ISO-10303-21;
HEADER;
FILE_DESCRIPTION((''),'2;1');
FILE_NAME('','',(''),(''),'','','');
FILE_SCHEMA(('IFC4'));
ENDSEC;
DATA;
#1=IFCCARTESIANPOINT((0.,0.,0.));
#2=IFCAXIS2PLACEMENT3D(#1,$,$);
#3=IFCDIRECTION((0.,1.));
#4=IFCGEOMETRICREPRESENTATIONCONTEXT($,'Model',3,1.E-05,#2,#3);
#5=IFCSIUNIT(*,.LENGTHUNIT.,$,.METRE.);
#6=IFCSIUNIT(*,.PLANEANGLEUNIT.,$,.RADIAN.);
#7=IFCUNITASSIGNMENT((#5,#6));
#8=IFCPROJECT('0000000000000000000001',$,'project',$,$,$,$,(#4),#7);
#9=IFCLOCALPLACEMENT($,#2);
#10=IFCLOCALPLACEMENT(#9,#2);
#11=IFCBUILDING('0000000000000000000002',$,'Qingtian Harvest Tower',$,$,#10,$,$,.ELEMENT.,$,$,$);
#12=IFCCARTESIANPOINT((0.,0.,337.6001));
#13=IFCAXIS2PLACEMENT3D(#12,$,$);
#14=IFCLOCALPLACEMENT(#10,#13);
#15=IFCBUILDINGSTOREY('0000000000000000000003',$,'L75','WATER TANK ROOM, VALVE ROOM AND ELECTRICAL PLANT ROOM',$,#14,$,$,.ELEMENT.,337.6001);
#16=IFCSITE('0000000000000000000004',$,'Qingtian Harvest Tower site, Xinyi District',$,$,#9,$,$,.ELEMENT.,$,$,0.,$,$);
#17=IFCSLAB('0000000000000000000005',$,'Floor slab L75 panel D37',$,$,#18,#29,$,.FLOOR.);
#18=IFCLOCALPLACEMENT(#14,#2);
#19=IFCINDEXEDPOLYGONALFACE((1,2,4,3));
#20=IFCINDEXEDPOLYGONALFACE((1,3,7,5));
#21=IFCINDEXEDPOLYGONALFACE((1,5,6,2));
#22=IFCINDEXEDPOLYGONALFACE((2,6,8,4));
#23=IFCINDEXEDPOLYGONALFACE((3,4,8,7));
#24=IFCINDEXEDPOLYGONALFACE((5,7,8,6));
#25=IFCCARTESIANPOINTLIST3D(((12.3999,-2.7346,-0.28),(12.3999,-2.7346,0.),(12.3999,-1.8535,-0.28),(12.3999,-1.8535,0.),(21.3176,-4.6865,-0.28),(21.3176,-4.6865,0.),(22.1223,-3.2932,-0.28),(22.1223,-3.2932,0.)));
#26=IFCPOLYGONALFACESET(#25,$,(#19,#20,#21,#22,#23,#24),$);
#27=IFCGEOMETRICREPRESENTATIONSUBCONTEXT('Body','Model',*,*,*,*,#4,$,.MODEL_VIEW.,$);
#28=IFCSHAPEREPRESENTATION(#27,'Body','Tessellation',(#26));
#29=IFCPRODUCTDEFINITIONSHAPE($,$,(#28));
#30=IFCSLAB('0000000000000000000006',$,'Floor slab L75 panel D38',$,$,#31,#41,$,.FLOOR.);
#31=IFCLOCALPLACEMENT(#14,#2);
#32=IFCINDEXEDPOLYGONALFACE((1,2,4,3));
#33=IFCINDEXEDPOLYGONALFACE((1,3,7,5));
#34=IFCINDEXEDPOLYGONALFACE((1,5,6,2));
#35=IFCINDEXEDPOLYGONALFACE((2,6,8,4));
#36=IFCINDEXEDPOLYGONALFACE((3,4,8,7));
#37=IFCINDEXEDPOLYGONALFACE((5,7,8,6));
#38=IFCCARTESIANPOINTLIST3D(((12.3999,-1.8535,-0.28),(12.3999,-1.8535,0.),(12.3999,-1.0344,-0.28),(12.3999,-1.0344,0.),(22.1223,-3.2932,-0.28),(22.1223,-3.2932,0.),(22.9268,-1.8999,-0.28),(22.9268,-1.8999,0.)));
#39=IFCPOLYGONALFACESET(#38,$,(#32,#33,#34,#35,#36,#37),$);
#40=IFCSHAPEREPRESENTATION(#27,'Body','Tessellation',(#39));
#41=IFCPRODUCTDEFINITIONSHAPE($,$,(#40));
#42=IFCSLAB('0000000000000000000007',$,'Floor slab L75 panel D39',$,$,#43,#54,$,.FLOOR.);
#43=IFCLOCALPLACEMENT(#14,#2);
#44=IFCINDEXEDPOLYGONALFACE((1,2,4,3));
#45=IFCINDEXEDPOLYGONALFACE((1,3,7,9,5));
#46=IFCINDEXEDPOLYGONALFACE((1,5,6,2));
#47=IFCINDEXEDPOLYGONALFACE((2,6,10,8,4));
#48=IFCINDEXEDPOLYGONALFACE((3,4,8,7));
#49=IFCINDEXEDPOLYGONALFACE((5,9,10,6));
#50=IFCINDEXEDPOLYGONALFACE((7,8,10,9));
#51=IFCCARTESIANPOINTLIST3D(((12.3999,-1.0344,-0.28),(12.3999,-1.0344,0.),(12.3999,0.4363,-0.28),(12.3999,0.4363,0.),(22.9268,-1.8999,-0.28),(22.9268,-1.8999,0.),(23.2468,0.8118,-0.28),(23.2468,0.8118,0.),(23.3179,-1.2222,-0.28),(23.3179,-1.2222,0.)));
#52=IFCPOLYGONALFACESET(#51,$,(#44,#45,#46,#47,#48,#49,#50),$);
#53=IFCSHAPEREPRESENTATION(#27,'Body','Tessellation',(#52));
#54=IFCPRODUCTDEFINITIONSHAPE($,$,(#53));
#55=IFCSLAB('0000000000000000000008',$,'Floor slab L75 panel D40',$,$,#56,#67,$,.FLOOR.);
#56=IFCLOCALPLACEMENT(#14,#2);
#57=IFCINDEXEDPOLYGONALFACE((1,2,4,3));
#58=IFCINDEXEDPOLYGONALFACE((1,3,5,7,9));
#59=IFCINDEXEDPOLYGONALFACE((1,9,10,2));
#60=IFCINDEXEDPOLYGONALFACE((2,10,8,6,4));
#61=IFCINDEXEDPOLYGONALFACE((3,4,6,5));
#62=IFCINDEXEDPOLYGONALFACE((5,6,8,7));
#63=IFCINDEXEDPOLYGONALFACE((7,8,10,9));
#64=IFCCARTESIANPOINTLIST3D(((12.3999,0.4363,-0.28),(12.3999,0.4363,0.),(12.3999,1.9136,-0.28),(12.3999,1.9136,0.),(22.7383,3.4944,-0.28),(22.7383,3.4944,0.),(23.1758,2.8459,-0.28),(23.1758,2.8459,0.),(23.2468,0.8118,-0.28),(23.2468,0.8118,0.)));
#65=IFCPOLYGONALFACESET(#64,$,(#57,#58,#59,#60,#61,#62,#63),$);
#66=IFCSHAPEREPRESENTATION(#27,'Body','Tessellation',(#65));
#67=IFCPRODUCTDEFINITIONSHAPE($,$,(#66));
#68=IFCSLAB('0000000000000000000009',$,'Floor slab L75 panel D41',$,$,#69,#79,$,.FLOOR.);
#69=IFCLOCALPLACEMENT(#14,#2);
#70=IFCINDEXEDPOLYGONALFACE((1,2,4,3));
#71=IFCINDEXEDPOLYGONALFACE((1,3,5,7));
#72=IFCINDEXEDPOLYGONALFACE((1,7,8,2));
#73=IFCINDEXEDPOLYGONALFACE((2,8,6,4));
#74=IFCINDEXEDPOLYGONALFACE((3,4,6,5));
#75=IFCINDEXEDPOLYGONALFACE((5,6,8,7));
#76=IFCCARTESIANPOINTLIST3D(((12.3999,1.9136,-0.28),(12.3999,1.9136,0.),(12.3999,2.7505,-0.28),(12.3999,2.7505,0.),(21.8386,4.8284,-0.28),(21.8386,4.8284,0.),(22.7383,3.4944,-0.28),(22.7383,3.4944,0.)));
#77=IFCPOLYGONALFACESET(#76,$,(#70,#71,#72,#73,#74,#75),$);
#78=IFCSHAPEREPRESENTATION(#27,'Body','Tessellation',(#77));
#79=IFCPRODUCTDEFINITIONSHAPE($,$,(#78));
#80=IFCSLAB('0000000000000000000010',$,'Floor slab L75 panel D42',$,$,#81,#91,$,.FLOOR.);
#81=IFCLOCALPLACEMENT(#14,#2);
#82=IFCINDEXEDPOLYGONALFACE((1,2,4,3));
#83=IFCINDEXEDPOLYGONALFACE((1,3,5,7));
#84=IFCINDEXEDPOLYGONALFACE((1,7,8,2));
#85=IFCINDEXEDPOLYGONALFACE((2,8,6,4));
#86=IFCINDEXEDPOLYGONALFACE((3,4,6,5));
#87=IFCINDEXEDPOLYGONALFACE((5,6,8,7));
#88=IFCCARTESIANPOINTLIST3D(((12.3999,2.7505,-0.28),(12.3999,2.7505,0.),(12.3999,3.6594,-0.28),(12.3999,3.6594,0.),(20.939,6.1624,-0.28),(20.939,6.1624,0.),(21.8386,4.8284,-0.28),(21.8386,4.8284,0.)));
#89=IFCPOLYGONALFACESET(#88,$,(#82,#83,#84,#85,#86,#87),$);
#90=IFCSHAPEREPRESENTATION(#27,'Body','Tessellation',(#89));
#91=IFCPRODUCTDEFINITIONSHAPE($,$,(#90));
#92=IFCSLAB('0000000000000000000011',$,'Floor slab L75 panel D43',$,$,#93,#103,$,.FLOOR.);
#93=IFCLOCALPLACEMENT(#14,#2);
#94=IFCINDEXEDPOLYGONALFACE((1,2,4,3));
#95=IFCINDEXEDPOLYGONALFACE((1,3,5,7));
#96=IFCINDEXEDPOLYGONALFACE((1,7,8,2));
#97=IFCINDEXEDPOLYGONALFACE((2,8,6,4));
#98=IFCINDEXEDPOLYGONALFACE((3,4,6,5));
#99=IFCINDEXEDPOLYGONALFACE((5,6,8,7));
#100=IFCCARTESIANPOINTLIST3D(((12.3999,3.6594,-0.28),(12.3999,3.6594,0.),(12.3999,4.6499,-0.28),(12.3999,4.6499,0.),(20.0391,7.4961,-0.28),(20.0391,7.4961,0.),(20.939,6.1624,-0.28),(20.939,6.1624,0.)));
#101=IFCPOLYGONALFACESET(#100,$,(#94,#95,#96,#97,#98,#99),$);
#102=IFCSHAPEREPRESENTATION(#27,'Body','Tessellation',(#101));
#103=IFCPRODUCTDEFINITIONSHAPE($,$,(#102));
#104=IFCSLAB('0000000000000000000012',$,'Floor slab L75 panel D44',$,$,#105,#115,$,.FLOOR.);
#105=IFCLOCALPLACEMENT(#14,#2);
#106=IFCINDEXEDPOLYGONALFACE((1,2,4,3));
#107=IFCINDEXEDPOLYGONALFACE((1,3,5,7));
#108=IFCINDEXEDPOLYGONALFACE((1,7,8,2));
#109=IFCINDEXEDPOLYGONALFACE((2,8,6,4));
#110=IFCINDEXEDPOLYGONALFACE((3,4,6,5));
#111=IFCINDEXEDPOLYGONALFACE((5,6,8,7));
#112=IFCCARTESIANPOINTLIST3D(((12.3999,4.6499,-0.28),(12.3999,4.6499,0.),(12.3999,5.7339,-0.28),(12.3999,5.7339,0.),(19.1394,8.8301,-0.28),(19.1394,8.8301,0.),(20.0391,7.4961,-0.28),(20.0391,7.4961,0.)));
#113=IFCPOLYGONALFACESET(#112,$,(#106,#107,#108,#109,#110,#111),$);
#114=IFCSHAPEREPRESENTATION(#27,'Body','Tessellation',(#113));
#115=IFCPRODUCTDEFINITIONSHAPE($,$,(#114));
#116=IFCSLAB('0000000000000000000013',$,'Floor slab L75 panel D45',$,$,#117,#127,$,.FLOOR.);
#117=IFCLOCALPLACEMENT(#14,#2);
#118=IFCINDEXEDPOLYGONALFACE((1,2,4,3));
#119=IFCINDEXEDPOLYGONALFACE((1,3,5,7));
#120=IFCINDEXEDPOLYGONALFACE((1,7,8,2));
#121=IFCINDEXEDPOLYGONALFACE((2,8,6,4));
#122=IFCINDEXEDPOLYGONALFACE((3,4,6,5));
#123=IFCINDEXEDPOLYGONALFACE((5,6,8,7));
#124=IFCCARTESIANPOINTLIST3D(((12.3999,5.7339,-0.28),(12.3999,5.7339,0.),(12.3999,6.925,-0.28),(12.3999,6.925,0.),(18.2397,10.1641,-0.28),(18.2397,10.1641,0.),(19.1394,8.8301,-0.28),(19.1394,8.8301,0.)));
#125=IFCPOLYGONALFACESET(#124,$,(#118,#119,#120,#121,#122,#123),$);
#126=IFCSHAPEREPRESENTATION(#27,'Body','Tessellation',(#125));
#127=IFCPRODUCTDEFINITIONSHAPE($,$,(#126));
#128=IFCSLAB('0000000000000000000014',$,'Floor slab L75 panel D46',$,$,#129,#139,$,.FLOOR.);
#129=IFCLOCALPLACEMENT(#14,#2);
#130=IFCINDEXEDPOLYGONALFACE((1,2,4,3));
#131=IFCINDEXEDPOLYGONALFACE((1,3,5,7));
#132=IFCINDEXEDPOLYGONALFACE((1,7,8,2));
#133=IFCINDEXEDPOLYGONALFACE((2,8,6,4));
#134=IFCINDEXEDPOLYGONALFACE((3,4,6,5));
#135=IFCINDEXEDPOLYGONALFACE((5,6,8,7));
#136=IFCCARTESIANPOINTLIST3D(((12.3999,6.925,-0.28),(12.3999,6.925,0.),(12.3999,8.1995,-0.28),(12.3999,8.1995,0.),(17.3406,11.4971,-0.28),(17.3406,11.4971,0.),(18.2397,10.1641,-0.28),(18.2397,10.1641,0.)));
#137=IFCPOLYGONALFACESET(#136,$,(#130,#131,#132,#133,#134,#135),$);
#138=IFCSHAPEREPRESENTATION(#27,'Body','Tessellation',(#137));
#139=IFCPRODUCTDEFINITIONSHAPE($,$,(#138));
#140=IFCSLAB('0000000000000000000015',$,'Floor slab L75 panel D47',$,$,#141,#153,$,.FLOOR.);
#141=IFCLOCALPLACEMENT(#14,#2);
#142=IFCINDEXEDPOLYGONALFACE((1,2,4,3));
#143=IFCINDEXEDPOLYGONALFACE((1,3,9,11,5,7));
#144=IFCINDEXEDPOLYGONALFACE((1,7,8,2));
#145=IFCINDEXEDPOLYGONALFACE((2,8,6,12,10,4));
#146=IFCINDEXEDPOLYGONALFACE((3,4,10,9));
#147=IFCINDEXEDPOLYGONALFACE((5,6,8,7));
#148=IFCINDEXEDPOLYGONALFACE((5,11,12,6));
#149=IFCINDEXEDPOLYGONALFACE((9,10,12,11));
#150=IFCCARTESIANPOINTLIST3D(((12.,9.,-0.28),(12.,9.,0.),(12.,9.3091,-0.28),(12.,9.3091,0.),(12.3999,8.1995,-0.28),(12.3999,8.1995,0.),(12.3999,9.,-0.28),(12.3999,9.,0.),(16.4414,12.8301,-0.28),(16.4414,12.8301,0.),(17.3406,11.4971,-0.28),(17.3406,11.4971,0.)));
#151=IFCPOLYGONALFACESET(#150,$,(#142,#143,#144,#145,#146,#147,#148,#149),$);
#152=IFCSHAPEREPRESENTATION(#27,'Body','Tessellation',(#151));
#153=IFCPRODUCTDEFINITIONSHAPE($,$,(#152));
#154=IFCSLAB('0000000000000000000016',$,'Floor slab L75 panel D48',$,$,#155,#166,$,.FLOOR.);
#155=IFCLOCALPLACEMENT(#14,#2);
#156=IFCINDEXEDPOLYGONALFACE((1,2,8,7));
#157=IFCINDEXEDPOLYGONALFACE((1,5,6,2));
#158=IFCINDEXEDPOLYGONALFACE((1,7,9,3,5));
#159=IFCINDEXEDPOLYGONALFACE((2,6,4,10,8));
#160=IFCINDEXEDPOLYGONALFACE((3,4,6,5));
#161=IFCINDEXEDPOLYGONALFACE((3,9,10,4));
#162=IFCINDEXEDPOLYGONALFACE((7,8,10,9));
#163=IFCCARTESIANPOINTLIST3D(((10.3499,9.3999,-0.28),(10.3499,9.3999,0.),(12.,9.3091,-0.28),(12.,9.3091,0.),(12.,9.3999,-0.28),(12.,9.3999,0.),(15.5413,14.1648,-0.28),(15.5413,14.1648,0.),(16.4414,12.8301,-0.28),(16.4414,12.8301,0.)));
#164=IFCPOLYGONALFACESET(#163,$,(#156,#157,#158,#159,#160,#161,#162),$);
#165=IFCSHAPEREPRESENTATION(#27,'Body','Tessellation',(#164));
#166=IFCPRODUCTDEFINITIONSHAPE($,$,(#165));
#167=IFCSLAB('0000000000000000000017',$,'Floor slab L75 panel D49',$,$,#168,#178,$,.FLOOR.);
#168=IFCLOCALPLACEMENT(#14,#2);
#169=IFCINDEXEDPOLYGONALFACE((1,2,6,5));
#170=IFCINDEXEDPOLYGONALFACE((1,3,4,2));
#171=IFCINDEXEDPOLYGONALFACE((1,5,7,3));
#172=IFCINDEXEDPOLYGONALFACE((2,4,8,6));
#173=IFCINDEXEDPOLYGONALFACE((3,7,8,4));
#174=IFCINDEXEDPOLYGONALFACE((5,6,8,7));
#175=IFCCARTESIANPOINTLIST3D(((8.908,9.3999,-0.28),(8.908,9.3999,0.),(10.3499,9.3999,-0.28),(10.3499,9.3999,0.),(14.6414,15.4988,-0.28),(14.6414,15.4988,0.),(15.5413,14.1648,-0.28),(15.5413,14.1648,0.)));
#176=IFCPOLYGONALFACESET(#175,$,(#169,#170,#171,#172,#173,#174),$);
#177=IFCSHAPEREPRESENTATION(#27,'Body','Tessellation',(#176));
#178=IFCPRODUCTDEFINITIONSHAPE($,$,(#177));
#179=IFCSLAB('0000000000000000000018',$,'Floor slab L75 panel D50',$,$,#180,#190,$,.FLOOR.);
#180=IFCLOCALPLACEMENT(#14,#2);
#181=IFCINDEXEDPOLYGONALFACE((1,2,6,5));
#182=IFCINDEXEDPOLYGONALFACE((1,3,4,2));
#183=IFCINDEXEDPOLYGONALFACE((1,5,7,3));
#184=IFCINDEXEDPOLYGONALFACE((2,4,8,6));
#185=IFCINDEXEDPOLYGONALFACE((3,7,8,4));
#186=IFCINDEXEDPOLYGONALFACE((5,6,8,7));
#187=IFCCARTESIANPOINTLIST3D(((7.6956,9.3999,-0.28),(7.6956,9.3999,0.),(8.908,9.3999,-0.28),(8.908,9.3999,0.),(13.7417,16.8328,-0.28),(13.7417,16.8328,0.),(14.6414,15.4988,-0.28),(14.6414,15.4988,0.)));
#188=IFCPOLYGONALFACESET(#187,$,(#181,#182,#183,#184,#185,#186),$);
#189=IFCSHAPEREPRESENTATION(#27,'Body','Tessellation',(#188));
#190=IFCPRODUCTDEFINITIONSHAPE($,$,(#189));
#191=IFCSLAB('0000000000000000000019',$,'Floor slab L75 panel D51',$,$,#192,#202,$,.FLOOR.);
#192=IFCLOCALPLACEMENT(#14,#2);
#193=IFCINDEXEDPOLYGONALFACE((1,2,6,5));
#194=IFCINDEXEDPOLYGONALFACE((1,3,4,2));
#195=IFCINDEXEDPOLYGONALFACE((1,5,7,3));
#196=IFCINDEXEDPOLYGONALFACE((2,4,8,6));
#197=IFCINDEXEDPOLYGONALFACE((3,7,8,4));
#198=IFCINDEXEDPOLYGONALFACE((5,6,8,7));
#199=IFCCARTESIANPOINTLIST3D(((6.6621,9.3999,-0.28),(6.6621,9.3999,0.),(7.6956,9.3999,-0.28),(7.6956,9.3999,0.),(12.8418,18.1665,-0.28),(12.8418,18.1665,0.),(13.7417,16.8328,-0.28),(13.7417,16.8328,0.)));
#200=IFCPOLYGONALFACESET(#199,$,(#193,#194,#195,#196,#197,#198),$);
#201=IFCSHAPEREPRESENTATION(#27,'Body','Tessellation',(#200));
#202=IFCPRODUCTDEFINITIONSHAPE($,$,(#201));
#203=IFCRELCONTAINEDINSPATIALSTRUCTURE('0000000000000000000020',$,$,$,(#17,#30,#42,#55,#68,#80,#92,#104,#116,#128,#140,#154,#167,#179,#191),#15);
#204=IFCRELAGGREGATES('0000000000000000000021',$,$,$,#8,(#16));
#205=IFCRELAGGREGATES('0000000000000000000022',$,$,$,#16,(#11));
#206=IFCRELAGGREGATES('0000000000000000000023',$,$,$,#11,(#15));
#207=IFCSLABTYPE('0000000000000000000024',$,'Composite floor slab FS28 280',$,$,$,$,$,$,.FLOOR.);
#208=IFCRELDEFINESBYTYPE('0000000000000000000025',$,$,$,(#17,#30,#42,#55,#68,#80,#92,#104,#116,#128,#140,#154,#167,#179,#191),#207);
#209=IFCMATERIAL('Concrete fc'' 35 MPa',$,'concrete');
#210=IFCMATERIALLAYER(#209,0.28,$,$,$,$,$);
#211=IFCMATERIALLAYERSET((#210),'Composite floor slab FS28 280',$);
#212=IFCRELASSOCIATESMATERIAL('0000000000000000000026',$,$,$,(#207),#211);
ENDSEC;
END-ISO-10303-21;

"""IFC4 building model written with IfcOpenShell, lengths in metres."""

from ifc_helpers import new_model, si_unit, direction, frame, origin, place, context, subcontext, project, spatial, polyline, outline, extrude, material, layer, layer_set, type_object, element, save


model = new_model("IFC4")

# Units and contexts
model_context = context("Model", 3, precision=1e-05, world=origin(), true_north=direction((0.0, 1.0)))
body_context = subcontext(model_context, "Body", "Model", "MODEL_VIEW")
ifc_project = project(units=[si_unit("LENGTHUNIT", "METRE"), si_unit("PLANEANGLEUNIT", "RADIAN")], contexts=[model_context])

# Site, building, storey
site_placement = place(None, origin())
site = spatial("IfcSite", under=ifc_project, at=site_placement, Name="Qingtian Harvest Tower site, Xinyi District", CompositionType="ELEMENT", RefElevation=0.0)
building_placement = place(site_placement, origin())
building = spatial("IfcBuilding", under=site, at=building_placement, Name="Qingtian Harvest Tower", CompositionType="ELEMENT")
storey_placement = place(building_placement, frame((0.0, 0.0, 337.6001)))
storey = spatial("IfcBuildingStorey", under=building, at=storey_placement, Name="L75", Description="WATER TANK ROOM, VALVE ROOM AND ELECTRICAL PLANT ROOM", CompositionType="ELEMENT", Elevation=337.6001)

# Slabs
ifc_material_1 = material(Name="Concrete fc' 35 MPa", Category="concrete")
ifc_layer_1 = layer(ifc_material_1, 0.28)
ifc_layer_set_1 = layer_set([ifc_layer_1], Name="Composite floor slab FS28 280")
slab_type = type_object("IfcSlabType", Name="Composite floor slab FS28 280", PredefinedType="FLOOR", material=ifc_layer_set_1)
slab_1_placement = place(storey_placement, frame((0.0, 0.0, -0.28)))
element("IfcSlab", 1, at=slab_1_placement, inside=storey, type_object=slab_type, Name="Floor slab L75 panel D37", PredefinedType="FLOOR", context=body_context, shape_type="SweptSolid", body=[
    extrude(outline(polyline([(12.3999, -1.8535), (22.1223, -3.2932), (21.3176, -4.6865), (12.3999, -2.7346), (12.3999, -1.8535)])), origin(), (0.0, 0.0, 1.0), 0.28),
])
slab_2_placement = place(storey_placement, frame((0.0, 0.0, -0.28)))
element("IfcSlab", 2, at=slab_2_placement, inside=storey, type_object=slab_type, Name="Floor slab L75 panel D38", PredefinedType="FLOOR", context=body_context, shape_type="SweptSolid", body=[
    extrude(outline(polyline([(12.3999, -1.0344), (22.9268, -1.8999), (22.1223, -3.2932), (12.3999, -1.8535), (12.3999, -1.0344)])), origin(), (0.0, 0.0, 1.0), 0.28),
])
slab_3_placement = place(storey_placement, frame((0.0, 0.0, -0.28)))
element("IfcSlab", 3, at=slab_3_placement, inside=storey, type_object=slab_type, Name="Floor slab L75 panel D39", PredefinedType="FLOOR", context=body_context, shape_type="SweptSolid", body=[
    extrude(outline(polyline([(12.3999, -1.0344), (12.3999, 0.4363), (23.2468, 0.8118), (23.3179, -1.2222), (22.9268, -1.8999), (12.3999, -1.0344)])), origin(), (0.0, 0.0, 1.0), 0.28),
])
slab_4_placement = place(storey_placement, frame((0.0, 0.0, -0.28)))
element("IfcSlab", 4, at=slab_4_placement, inside=storey, type_object=slab_type, Name="Floor slab L75 panel D40", PredefinedType="FLOOR", context=body_context, shape_type="SweptSolid", body=[
    extrude(outline(polyline([(12.3999, 0.4363), (12.3999, 1.9136), (22.7383, 3.4944), (23.1758, 2.8459), (23.2468, 0.8118), (12.3999, 0.4363)])), origin(), (0.0, 0.0, 1.0), 0.28),
])
slab_5_placement = place(storey_placement, frame((0.0, 0.0, -0.28)))
element("IfcSlab", 5, at=slab_5_placement, inside=storey, type_object=slab_type, Name="Floor slab L75 panel D41", PredefinedType="FLOOR", context=body_context, shape_type="SweptSolid", body=[
    extrude(outline(polyline([(12.3999, 2.7505), (21.8386, 4.8284), (22.7383, 3.4944), (12.3999, 1.9136), (12.3999, 2.7505)])), origin(), (0.0, 0.0, 1.0), 0.28),
])
slab_6_placement = place(storey_placement, frame((0.0, 0.0, -0.28)))
element("IfcSlab", 6, at=slab_6_placement, inside=storey, type_object=slab_type, Name="Floor slab L75 panel D42", PredefinedType="FLOOR", context=body_context, shape_type="SweptSolid", body=[
    extrude(outline(polyline([(12.3999, 3.6594), (20.939, 6.1624), (21.8386, 4.8284), (12.3999, 2.7505), (12.3999, 3.6594)])), origin(), (0.0, 0.0, 1.0), 0.28),
])
slab_7_placement = place(storey_placement, frame((0.0, 0.0, -0.28)))
element("IfcSlab", 7, at=slab_7_placement, inside=storey, type_object=slab_type, Name="Floor slab L75 panel D43", PredefinedType="FLOOR", context=body_context, shape_type="SweptSolid", body=[
    extrude(outline(polyline([(12.3999, 4.6499), (20.0391, 7.4961), (20.939, 6.1624), (12.3999, 3.6594), (12.3999, 4.6499)])), origin(), (0.0, 0.0, 1.0), 0.28),
])
slab_8_placement = place(storey_placement, frame((0.0, 0.0, -0.28)))
element("IfcSlab", 8, at=slab_8_placement, inside=storey, type_object=slab_type, Name="Floor slab L75 panel D44", PredefinedType="FLOOR", context=body_context, shape_type="SweptSolid", body=[
    extrude(outline(polyline([(12.3999, 5.7339), (19.1394, 8.8301), (20.0391, 7.4961), (12.3999, 4.6499), (12.3999, 5.7339)])), origin(), (0.0, 0.0, 1.0), 0.28),
])
slab_9_placement = place(storey_placement, frame((0.0, 0.0, -0.28)))
element("IfcSlab", 9, at=slab_9_placement, inside=storey, type_object=slab_type, Name="Floor slab L75 panel D45", PredefinedType="FLOOR", context=body_context, shape_type="SweptSolid", body=[
    extrude(outline(polyline([(12.3999, 6.925), (18.2397, 10.1641), (19.1394, 8.8301), (12.3999, 5.7339), (12.3999, 6.925)])), origin(), (0.0, 0.0, 1.0), 0.28),
])
slab_10_placement = place(storey_placement, frame((0.0, 0.0, -0.28)))
element("IfcSlab", 10, at=slab_10_placement, inside=storey, type_object=slab_type, Name="Floor slab L75 panel D46", PredefinedType="FLOOR", context=body_context, shape_type="SweptSolid", body=[
    extrude(outline(polyline([(12.3999, 8.1995), (17.3406, 11.4971), (18.2397, 10.1641), (12.3999, 6.925), (12.3999, 8.1995)])), origin(), (0.0, 0.0, 1.0), 0.28),
])
slab_11_placement = place(storey_placement, frame((0.0, 0.0, -0.28)))
element("IfcSlab", 11, at=slab_11_placement, inside=storey, type_object=slab_type, Name="Floor slab L75 panel D47", PredefinedType="FLOOR", context=body_context, shape_type="SweptSolid", body=[
    extrude(outline(polyline([(12.3999, 9.0), (12.0, 9.0), (12.0, 9.3091), (16.4414, 12.8301), (17.3406, 11.4971), (12.3999, 8.1995), (12.3999, 9.0)])), origin(), (0.0, 0.0, 1.0), 0.28),
])
slab_12_placement = place(storey_placement, frame((0.0, 0.0, -0.28)))
element("IfcSlab", 12, at=slab_12_placement, inside=storey, type_object=slab_type, Name="Floor slab L75 panel D48", PredefinedType="FLOOR", context=body_context, shape_type="SweptSolid", body=[
    extrude(outline(polyline([(12.0, 9.3999), (10.3499, 9.3999), (15.5413, 14.1648), (16.4414, 12.8301), (12.0, 9.3091), (12.0, 9.3999)])), origin(), (0.0, 0.0, 1.0), 0.28),
])
slab_13_placement = place(storey_placement, frame((0.0, 0.0, -0.28)))
element("IfcSlab", 13, at=slab_13_placement, inside=storey, type_object=slab_type, Name="Floor slab L75 panel D49", PredefinedType="FLOOR", context=body_context, shape_type="SweptSolid", body=[
    extrude(outline(polyline([(8.908, 9.3999), (14.6414, 15.4988), (15.5413, 14.1648), (10.3499, 9.3999), (8.908, 9.3999)])), origin(), (0.0, 0.0, 1.0), 0.28),
])
slab_14_placement = place(storey_placement, frame((0.0, 0.0, -0.28)))
element("IfcSlab", 14, at=slab_14_placement, inside=storey, type_object=slab_type, Name="Floor slab L75 panel D50", PredefinedType="FLOOR", context=body_context, shape_type="SweptSolid", body=[
    extrude(outline(polyline([(7.6956, 9.3999), (13.7417, 16.8328), (14.6414, 15.4988), (8.908, 9.3999), (7.6956, 9.3999)])), origin(), (0.0, 0.0, 1.0), 0.28),
])
slab_15_placement = place(storey_placement, frame((0.0, 0.0, -0.28)))
element("IfcSlab", 15, at=slab_15_placement, inside=storey, type_object=slab_type, Name="Floor slab L75 panel D51", PredefinedType="FLOOR", context=body_context, shape_type="SweptSolid", body=[
    extrude(outline(polyline([(6.6621, 9.3999), (12.8418, 18.1665), (13.7417, 16.8328), (7.6956, 9.3999), (6.6621, 9.3999)])), origin(), (0.0, 0.0, 1.0), 0.28),
])

save(model, "model.ifc")
